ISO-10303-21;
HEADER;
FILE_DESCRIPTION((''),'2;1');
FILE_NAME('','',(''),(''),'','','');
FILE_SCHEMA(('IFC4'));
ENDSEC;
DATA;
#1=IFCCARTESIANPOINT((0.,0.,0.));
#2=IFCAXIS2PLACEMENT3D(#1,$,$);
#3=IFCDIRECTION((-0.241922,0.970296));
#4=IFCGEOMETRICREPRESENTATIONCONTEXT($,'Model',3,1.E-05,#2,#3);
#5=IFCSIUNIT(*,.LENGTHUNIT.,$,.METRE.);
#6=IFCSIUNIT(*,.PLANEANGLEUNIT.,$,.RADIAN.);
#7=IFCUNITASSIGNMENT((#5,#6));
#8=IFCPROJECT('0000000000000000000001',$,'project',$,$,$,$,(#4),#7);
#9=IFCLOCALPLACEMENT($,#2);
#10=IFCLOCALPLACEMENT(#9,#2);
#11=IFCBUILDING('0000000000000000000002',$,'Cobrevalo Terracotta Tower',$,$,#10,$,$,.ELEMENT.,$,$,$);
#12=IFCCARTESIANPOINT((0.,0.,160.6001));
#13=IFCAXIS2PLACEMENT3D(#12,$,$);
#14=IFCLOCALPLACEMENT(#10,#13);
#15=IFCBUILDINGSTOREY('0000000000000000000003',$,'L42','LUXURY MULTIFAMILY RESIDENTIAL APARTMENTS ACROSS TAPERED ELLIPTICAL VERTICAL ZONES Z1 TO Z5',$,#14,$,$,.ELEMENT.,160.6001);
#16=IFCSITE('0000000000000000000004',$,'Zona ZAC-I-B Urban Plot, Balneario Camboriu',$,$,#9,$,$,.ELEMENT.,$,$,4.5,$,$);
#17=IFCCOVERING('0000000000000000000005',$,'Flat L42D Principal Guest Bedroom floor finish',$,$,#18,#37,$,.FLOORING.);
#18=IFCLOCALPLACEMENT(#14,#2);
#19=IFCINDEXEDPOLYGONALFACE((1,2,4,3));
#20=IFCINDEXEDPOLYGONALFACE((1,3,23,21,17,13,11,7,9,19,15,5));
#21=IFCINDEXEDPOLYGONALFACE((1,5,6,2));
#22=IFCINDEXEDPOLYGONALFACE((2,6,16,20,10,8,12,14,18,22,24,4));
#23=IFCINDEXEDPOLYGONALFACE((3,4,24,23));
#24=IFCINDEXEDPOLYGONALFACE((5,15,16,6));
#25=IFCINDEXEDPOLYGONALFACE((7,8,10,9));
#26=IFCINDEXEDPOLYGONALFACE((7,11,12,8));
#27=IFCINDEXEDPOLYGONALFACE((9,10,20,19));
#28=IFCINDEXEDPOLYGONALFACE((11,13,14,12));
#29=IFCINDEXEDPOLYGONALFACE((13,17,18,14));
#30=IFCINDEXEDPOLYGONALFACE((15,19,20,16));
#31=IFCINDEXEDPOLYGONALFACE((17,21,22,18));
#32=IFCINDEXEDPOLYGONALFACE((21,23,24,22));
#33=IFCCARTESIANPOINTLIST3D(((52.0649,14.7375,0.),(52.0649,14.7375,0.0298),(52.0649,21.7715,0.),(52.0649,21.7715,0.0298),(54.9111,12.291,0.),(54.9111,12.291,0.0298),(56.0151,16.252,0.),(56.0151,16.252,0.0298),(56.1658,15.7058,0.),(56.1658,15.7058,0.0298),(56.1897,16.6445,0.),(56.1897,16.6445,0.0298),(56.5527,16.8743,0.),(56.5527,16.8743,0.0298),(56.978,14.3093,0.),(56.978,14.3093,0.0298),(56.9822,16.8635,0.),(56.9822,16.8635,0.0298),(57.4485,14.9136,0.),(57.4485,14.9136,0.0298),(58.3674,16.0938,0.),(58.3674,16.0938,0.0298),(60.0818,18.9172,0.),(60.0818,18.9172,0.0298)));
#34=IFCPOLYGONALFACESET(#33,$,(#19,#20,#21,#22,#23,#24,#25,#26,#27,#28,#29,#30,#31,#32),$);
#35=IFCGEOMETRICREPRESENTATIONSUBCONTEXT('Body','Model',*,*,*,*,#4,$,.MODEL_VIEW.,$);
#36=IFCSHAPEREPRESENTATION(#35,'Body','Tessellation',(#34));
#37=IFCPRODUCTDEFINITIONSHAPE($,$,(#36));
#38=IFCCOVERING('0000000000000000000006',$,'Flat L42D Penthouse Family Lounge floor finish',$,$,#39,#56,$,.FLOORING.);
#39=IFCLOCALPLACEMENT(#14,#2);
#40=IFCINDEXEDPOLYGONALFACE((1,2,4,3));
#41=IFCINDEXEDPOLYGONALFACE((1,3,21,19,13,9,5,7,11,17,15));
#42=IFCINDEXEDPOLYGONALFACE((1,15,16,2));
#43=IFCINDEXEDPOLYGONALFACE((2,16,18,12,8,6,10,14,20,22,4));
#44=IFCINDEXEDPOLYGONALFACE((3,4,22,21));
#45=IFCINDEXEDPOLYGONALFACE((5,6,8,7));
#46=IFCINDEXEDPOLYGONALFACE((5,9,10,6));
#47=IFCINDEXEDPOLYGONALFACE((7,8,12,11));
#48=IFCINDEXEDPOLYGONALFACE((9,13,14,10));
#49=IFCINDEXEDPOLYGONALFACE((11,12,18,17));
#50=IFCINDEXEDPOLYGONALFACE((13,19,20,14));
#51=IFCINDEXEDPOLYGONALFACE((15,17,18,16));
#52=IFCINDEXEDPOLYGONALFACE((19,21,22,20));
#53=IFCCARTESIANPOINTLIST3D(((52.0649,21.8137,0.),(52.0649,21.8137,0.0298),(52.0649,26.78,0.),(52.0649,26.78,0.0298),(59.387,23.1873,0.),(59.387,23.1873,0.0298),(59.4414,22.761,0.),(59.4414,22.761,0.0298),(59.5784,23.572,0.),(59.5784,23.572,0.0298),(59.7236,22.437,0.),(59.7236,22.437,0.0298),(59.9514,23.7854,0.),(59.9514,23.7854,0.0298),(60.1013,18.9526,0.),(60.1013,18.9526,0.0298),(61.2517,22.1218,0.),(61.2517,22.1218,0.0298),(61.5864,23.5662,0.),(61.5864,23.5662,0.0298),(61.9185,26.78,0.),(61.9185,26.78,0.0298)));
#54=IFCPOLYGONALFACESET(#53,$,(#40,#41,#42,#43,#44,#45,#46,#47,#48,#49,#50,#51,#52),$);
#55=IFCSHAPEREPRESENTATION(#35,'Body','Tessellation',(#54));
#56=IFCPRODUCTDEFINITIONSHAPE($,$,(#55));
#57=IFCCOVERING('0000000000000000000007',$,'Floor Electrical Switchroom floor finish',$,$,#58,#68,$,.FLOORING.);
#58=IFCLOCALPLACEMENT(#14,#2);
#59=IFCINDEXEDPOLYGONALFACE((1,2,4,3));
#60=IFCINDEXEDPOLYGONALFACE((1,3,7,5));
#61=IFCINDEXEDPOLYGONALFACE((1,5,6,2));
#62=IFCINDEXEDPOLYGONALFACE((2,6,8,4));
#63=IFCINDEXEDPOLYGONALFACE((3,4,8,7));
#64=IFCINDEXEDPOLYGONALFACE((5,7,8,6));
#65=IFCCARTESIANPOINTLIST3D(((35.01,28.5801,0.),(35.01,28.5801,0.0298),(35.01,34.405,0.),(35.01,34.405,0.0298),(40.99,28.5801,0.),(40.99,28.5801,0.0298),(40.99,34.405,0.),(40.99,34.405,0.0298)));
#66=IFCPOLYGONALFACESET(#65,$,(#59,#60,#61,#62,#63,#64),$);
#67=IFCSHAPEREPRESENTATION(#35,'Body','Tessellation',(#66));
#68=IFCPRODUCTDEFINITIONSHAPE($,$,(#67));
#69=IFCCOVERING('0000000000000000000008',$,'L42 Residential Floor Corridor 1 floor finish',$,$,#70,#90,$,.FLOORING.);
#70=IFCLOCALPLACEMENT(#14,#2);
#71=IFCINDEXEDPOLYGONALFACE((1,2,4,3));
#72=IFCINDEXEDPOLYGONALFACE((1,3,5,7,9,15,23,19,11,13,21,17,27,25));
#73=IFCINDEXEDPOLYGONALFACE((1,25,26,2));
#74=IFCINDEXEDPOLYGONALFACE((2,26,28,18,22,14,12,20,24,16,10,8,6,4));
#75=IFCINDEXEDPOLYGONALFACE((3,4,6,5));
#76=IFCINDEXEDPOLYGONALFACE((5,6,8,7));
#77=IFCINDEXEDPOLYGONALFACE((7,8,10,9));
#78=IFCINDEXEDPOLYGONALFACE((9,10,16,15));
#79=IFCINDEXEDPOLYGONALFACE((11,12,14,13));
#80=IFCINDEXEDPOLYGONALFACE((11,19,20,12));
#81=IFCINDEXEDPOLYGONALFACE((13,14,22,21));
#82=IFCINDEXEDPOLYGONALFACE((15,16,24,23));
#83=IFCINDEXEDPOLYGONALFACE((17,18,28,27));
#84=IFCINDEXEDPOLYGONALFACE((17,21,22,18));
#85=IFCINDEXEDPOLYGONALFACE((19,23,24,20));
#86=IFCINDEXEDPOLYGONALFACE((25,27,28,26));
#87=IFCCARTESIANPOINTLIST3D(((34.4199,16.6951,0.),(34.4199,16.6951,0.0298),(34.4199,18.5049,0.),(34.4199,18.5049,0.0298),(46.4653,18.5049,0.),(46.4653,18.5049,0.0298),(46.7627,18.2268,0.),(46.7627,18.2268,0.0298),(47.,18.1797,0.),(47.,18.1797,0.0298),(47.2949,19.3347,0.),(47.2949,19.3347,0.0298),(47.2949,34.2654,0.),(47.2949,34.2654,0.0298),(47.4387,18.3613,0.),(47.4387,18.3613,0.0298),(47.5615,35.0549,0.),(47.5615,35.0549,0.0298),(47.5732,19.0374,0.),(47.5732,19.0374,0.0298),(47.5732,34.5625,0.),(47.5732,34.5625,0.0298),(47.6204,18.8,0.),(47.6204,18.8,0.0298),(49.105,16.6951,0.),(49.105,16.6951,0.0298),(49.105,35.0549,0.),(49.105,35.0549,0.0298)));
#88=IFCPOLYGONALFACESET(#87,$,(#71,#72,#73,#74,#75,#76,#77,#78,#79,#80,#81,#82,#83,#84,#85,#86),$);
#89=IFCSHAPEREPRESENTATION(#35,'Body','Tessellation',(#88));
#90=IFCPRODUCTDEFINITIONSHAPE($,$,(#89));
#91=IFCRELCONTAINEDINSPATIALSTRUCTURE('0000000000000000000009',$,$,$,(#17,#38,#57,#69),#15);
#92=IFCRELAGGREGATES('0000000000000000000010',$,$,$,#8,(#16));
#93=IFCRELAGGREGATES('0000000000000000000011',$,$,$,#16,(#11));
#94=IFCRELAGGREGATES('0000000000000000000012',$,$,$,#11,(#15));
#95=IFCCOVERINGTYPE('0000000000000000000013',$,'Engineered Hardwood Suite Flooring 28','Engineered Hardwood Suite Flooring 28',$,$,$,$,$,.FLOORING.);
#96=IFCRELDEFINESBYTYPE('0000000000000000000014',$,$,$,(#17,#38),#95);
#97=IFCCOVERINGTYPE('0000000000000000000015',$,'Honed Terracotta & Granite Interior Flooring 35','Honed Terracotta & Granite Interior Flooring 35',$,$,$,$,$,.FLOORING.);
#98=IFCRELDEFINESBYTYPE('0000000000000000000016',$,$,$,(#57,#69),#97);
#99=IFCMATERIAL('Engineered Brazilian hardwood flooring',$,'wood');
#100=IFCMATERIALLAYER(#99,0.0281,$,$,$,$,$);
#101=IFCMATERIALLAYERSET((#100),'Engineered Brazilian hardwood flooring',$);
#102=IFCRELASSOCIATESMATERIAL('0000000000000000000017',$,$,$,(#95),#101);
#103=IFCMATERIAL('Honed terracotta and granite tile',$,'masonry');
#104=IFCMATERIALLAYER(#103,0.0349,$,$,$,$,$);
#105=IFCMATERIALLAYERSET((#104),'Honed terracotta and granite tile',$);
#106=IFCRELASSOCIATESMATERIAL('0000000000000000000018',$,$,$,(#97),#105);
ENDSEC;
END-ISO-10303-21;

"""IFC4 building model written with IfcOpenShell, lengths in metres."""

from ifc_helpers import new_model, si_unit, direction, frame, origin, place, context, subcontext, project, spatial, polyline, outline, extrude, material, layer, layer_set, type_object, element, save


model = new_model("IFC4")

# Units and contexts
model_context = context("Model", 3, precision=1e-05, world=origin(), true_north=direction((-0.241922, 0.970296)))
body_context = subcontext(model_context, "Body", "Model", "MODEL_VIEW")
ifc_project = project(units=[si_unit("LENGTHUNIT", "METRE"), si_unit("PLANEANGLEUNIT", "RADIAN")], contexts=[model_context])

# Site, building, storey
site_placement = place(None, origin())
site = spatial("IfcSite", under=ifc_project, at=site_placement, Name="Zona ZAC-I-B Urban Plot, Balneario Camboriu", CompositionType="ELEMENT", RefElevation=4.5)
building_placement = place(site_placement, origin())
building = spatial("IfcBuilding", under=site, at=building_placement, Name="Cobrevalo Terracotta Tower", CompositionType="ELEMENT")
storey_placement = place(building_placement, frame((0.0, 0.0, 160.6001)))
storey = spatial("IfcBuildingStorey", under=building, at=storey_placement, Name="L42", Description="LUXURY MULTIFAMILY RESIDENTIAL APARTMENTS ACROSS TAPERED ELLIPTICAL VERTICAL ZONES Z1 TO Z5", CompositionType="ELEMENT", Elevation=160.6001)

# Coverings
ifc_material_1 = material(Name="Engineered Brazilian hardwood flooring", Category="wood")
ifc_layer_1 = layer(ifc_material_1, 0.0281)
ifc_layer_set_1 = layer_set([ifc_layer_1], Name="Engineered Brazilian hardwood flooring")
covering_type_1 = type_object("IfcCoveringType", Name="Engineered Hardwood Suite Flooring 28", Description="Engineered Hardwood Suite Flooring 28", PredefinedType="FLOORING", material=ifc_layer_set_1)
covering_1_placement = place(storey_placement, origin())
element("IfcCovering", 1, at=covering_1_placement, inside=storey, type_object=covering_type_1, Name="Flat L42D Principal Guest Bedroom floor finish", PredefinedType="FLOORING", context=body_context, shape_type="SweptSolid", body=[
    extrude(outline(polyline([(58.3674, 16.0938), (56.9822, 16.8635), (56.5527, 16.8743), (56.1897, 16.6445), (56.0151, 16.252), (56.1658, 15.7058), (57.4485, 14.9136), (56.978, 14.3093), (54.9111, 12.291), (52.0649, 14.7375), (52.0649, 21.7715), (60.0818, 18.9172), (58.3674, 16.0938)])), origin(), (0.0, 0.0, 1.0), 0.0298),
])
covering_2_placement = place(storey_placement, origin())
element("IfcCovering", 2, at=covering_2_placement, inside=storey, type_object=covering_type_1, Name="Flat L42D Penthouse Family Lounge floor finish", PredefinedType="FLOORING", context=body_context, shape_type="SweptSolid", body=[
    extrude(outline(polyline([(52.0649, 21.8137), (52.0649, 26.78), (61.9185, 26.78), (61.5864, 23.5662), (59.9514, 23.7854), (59.5784, 23.572), (59.387, 23.1873), (59.4414, 22.761), (59.7236, 22.437), (61.2517, 22.1218), (60.1013, 18.9526), (52.0649, 21.8137)])), origin(), (0.0, 0.0, 1.0), 0.0298),
])
ifc_material_2 = material(Name="Honed terracotta and granite tile", Category="masonry")
ifc_layer_2 = layer(ifc_material_2, 0.0349)
ifc_layer_set_2 = layer_set([ifc_layer_2], Name="Honed terracotta and granite tile")
covering_type_2 = type_object("IfcCoveringType", Name="Honed Terracotta & Granite Interior Flooring 35", Description="Honed Terracotta & Granite Interior Flooring 35", PredefinedType="FLOORING", material=ifc_layer_set_2)
covering_3_placement = place(storey_placement, origin())
element("IfcCovering", 3, at=covering_3_placement, inside=storey, type_object=covering_type_2, Name="Floor Electrical Switchroom floor finish", PredefinedType="FLOORING", context=body_context, shape_type="SweptSolid", body=[
    extrude(outline(polyline([(35.01, 34.405), (40.99, 34.405), (40.99, 28.5801), (35.01, 28.5801), (35.01, 34.405)])), origin(), (0.0, 0.0, 1.0), 0.0298),
])
covering_4_placement = place(storey_placement, origin())
element("IfcCovering", 4, at=covering_4_placement, inside=storey, type_object=covering_type_2, Name="L42 Residential Floor Corridor 1 floor finish", PredefinedType="FLOORING", context=body_context, shape_type="SweptSolid", body=[
    extrude(outline(polyline([(34.4199, 18.5049), (46.4653, 18.5049), (46.7627, 18.2268), (47.0, 18.1797), (47.4387, 18.3613), (47.6204, 18.8), (47.5732, 19.0374), (47.2949, 19.3347), (47.2949, 34.2654), (47.5732, 34.5625), (47.5615, 35.0549), (49.105, 35.0549), (49.105, 16.6951), (34.4199, 16.6951), (34.4199, 18.5049)])), origin(), (0.0, 0.0, 1.0), 0.0298),
])

save(model, "model.ifc")
